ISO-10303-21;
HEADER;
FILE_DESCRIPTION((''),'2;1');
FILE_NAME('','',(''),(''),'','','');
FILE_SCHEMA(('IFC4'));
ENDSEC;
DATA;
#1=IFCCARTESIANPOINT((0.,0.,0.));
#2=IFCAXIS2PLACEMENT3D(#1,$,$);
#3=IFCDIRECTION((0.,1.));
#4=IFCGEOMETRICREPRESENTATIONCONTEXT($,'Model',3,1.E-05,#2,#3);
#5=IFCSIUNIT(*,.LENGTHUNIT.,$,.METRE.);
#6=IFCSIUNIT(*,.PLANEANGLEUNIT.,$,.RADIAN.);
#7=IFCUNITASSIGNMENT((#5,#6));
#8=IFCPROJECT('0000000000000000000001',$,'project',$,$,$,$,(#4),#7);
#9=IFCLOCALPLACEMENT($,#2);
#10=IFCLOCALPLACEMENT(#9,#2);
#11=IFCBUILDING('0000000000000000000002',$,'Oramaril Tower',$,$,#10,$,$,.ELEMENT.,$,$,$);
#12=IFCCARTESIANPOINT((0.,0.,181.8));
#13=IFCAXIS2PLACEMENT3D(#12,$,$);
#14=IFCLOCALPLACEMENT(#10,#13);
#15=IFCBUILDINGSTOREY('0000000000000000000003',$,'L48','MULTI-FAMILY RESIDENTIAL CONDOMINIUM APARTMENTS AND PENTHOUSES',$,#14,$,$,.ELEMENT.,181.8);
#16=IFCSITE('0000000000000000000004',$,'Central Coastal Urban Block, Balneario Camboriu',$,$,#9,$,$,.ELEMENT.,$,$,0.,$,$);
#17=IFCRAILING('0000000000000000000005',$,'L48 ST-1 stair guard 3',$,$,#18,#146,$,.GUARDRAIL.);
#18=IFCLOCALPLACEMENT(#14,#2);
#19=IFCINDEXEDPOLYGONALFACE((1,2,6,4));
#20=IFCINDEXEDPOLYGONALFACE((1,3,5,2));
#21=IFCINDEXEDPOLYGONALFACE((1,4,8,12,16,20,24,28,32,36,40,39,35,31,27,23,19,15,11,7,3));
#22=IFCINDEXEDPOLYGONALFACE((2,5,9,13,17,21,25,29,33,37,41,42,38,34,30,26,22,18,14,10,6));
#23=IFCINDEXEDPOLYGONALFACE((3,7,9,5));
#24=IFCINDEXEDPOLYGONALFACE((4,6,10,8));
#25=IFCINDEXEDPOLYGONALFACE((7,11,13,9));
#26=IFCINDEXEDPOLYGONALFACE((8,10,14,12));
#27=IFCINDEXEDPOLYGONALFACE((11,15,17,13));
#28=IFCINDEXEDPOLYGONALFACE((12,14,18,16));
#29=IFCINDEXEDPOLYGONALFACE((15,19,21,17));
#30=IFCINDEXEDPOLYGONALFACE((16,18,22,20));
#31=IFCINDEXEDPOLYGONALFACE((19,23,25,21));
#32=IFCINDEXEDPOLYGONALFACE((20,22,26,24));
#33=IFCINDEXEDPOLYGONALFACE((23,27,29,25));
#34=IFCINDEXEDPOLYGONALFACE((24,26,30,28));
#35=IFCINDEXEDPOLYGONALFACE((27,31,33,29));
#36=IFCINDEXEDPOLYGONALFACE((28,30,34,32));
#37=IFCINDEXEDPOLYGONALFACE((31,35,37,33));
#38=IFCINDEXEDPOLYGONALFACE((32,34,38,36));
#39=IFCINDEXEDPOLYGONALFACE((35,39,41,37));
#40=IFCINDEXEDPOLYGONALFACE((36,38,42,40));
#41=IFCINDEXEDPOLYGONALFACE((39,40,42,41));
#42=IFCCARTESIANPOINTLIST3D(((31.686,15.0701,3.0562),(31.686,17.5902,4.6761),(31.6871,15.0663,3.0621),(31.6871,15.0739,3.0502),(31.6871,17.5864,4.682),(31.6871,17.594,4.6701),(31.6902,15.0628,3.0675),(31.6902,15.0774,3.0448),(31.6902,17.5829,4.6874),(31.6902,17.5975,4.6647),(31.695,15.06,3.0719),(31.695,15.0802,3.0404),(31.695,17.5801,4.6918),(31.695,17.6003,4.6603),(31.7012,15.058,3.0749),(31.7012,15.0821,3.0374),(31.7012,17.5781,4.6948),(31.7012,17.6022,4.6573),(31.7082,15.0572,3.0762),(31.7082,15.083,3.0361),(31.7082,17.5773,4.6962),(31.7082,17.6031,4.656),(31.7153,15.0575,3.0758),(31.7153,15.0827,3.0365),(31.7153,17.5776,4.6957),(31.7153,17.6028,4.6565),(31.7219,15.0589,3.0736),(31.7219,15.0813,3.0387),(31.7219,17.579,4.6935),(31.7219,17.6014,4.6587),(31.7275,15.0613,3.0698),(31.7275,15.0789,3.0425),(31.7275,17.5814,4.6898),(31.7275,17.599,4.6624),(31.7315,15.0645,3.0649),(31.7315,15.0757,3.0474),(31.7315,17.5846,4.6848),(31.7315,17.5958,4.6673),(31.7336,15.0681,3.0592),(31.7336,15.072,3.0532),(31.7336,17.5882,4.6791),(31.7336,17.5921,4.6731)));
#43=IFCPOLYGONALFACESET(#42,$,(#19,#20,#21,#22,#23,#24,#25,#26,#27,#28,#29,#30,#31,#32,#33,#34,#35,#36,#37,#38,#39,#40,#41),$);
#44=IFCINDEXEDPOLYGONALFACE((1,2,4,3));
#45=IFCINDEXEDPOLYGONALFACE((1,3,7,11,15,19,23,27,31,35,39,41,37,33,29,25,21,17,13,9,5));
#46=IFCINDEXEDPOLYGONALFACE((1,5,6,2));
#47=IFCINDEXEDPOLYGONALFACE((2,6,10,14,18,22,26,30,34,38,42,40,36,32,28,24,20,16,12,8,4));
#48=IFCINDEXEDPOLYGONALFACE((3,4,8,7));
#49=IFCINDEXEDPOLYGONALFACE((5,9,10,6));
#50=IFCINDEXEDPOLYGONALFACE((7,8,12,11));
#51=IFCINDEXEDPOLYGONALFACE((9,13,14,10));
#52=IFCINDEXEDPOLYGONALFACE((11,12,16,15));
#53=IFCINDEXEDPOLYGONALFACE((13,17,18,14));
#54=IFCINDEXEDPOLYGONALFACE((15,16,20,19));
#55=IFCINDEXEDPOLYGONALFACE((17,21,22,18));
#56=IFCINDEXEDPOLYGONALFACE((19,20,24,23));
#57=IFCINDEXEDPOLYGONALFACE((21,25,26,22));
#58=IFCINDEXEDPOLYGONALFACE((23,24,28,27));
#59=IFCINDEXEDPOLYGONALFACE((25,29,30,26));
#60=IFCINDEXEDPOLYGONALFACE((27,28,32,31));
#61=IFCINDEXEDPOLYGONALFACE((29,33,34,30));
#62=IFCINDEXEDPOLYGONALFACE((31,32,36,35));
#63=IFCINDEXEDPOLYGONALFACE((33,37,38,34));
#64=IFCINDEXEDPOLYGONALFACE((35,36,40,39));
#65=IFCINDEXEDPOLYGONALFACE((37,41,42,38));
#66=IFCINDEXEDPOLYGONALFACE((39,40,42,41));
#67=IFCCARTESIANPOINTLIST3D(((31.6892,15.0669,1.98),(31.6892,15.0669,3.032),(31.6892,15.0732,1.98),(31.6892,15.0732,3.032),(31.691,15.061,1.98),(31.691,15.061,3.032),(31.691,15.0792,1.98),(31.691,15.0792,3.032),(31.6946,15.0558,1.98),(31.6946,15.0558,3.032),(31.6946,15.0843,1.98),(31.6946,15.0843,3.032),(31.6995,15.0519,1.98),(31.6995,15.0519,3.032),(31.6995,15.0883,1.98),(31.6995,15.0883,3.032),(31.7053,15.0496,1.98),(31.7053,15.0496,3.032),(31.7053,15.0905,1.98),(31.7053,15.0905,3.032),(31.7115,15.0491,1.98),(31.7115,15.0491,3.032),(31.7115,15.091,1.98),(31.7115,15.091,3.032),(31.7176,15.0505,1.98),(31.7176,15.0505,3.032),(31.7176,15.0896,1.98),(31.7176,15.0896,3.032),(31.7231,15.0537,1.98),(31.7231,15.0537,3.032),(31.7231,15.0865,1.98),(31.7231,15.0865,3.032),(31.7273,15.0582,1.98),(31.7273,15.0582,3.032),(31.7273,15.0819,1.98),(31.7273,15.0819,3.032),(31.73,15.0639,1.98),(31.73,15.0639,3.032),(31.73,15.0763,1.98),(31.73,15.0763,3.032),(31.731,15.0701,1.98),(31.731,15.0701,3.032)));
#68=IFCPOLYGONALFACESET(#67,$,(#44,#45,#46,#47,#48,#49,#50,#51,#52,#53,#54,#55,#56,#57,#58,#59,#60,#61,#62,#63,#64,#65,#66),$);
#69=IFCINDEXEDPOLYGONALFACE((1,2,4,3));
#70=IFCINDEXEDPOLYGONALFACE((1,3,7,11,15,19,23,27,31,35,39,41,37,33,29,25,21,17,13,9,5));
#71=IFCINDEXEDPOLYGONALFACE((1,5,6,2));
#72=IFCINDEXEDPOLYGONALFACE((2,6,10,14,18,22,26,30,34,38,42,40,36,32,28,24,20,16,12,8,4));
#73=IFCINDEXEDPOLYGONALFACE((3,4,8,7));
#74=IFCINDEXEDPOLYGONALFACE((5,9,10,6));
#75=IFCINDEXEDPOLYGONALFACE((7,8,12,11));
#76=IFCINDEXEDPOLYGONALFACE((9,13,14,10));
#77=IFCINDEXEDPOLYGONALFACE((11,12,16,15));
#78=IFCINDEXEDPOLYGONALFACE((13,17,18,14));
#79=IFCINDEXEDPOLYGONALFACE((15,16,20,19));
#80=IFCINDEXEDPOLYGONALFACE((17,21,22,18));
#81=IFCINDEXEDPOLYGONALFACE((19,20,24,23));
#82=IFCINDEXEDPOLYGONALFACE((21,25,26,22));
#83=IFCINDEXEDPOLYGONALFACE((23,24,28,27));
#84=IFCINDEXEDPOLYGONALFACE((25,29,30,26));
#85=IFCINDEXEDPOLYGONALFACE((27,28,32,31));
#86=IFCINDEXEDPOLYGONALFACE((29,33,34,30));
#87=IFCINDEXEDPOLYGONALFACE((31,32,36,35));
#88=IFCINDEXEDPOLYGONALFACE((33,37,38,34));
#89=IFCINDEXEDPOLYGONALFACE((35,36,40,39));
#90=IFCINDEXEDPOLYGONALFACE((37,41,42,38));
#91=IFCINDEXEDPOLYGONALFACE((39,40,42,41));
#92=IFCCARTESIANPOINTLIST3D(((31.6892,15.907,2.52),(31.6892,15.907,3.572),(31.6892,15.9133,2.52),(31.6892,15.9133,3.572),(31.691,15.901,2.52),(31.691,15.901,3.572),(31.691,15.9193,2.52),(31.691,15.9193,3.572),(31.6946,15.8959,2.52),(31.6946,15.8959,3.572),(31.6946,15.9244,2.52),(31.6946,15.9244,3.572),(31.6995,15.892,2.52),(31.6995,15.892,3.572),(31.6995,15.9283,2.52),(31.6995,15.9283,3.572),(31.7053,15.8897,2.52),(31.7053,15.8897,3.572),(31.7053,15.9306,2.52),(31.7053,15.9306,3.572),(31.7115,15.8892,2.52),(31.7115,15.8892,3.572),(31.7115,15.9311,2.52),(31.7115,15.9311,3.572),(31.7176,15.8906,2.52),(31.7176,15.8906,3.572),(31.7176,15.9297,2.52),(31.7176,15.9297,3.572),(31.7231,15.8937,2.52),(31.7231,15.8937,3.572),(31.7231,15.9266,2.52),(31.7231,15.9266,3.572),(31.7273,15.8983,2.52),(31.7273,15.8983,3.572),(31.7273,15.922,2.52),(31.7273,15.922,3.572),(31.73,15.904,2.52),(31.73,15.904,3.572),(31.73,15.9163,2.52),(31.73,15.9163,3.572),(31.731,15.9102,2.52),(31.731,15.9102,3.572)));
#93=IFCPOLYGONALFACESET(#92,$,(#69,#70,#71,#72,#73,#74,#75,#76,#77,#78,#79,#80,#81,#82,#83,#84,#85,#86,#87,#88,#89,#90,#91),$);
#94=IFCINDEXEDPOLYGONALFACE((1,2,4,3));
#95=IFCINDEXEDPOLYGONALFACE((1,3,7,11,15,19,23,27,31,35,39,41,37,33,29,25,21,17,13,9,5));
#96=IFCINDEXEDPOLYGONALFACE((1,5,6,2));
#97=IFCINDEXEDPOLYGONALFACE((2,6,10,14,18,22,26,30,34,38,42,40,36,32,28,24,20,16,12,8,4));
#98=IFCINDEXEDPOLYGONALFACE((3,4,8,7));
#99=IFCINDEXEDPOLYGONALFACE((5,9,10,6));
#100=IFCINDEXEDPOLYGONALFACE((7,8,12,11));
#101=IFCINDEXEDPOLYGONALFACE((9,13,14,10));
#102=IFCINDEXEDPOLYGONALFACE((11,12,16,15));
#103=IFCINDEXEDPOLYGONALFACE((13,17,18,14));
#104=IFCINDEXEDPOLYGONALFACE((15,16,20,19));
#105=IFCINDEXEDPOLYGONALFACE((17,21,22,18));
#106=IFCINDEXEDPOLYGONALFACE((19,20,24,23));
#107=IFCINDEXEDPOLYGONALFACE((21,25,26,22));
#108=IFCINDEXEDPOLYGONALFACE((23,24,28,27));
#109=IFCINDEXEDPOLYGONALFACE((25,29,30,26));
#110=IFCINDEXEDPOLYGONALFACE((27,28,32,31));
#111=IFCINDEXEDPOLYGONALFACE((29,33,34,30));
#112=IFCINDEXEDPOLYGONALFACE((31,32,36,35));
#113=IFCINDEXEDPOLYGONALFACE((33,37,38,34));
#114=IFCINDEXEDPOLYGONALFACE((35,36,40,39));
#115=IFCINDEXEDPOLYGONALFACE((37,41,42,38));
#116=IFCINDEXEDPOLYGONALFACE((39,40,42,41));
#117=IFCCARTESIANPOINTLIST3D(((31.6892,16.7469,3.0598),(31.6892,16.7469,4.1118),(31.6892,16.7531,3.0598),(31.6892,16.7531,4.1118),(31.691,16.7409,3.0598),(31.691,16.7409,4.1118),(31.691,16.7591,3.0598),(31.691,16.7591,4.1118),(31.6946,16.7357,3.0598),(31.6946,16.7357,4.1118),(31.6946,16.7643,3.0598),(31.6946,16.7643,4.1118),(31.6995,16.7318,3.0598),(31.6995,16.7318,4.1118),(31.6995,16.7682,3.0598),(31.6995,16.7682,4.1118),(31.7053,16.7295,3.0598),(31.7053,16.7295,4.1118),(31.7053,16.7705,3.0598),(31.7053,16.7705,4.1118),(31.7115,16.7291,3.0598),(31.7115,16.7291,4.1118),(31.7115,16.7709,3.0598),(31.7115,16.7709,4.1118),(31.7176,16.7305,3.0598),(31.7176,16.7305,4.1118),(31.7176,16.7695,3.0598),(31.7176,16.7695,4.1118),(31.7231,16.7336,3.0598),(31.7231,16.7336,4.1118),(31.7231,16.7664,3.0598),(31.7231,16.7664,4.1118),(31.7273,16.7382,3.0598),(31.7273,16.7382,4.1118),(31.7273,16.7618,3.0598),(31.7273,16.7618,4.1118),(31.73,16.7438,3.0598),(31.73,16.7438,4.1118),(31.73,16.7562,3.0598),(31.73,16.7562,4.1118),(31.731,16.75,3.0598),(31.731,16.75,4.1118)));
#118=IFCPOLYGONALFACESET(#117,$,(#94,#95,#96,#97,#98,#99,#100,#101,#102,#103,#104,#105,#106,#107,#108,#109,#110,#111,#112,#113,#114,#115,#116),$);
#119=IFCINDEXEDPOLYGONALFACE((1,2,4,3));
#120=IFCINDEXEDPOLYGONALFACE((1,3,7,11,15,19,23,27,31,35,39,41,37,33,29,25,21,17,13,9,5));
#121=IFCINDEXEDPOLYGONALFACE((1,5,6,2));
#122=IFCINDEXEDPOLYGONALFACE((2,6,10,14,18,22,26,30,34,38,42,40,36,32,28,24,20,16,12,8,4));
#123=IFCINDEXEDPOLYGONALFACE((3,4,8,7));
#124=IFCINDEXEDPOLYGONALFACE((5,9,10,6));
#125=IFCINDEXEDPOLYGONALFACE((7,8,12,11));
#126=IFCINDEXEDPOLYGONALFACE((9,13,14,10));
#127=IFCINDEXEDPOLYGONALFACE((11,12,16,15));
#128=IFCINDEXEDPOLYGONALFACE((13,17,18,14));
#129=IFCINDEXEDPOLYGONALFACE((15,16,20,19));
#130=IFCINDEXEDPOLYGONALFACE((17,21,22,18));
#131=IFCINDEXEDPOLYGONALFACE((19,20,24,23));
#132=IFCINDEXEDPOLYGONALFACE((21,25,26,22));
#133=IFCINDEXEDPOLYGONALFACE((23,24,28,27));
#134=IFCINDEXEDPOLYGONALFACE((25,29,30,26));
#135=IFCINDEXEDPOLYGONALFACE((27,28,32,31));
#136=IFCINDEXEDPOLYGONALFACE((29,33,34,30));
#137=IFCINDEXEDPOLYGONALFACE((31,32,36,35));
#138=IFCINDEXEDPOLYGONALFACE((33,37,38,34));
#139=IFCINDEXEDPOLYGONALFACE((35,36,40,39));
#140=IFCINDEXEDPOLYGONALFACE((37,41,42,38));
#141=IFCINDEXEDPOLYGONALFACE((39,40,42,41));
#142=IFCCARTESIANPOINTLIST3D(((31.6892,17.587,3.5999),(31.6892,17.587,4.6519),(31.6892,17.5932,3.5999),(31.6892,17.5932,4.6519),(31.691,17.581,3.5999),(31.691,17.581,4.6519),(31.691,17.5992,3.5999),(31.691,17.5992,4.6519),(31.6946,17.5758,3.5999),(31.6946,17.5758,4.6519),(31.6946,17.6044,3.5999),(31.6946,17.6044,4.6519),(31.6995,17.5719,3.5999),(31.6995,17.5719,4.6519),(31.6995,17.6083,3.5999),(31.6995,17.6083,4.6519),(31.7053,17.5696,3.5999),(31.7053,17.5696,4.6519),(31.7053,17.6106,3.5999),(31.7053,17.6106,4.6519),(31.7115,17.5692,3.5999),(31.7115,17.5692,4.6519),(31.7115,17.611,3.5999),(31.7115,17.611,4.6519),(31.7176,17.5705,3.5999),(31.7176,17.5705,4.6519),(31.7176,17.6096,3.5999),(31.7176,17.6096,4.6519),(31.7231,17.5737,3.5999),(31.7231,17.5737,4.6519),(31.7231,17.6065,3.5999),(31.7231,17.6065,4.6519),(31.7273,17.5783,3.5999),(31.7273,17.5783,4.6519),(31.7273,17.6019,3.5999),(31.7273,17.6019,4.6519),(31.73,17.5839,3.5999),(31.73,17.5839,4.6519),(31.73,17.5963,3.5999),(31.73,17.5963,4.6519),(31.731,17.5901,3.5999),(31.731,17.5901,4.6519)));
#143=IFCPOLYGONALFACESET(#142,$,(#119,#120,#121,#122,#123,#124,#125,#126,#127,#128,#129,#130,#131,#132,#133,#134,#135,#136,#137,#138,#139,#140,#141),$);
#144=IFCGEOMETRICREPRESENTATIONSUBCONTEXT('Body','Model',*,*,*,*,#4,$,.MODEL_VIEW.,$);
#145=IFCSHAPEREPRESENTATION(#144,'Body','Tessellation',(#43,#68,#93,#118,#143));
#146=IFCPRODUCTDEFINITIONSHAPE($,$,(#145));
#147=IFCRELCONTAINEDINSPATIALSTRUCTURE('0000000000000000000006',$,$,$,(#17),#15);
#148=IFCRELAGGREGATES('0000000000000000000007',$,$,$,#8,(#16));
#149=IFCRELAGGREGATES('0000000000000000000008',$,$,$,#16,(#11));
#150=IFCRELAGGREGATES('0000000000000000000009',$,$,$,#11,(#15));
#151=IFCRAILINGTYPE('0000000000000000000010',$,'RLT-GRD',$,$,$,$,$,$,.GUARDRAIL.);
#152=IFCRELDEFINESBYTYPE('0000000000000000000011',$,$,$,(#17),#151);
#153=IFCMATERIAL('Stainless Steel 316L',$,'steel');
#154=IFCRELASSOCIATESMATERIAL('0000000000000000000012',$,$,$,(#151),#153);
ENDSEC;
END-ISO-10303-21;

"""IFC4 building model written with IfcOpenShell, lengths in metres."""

from ifc_helpers import new_model, si_unit, direction, frame, origin, origin_2d, place, context, subcontext, project, spatial, circle, extrude, material, type_object, element, save


model = new_model("IFC4")

# Units and contexts
model_context = context("Model", 3, precision=1e-05, world=origin(), true_north=direction((0.0, 1.0)))
body_context = subcontext(model_context, "Body", "Model", "MODEL_VIEW")
ifc_project = project(units=[si_unit("LENGTHUNIT", "METRE"), si_unit("PLANEANGLEUNIT", "RADIAN")], contexts=[model_context])

# Site, building, storey
site_placement = place(None, origin())
site = spatial("IfcSite", under=ifc_project, at=site_placement, Name="Central Coastal Urban Block, Balneario Camboriu", CompositionType="ELEMENT", RefElevation=0.0)
building_placement = place(site_placement, origin())
building = spatial("IfcBuilding", under=site, at=building_placement, Name="Oramaril Tower", CompositionType="ELEMENT")
storey_placement = place(building_placement, frame((0.0, 0.0, 181.8)))
storey = spatial("IfcBuildingStorey", under=building, at=storey_placement, Name="L48", Description="MULTI-FAMILY RESIDENTIAL CONDOMINIUM APARTMENTS AND PENTHOUSES", CompositionType="ELEMENT", Elevation=181.8)

# Railing
ifc_material_1 = material(Name="Stainless Steel 316L", Category="steel")
railing_type_1 = type_object("IfcRailingType", Name="RLT-GRD", PredefinedType="GUARDRAIL", material=ifc_material_1)
railing_1_placement = place(storey_placement, frame((31.71, 15.0701, 1.98)))
element("IfcRailing", 1, at=railing_1_placement, inside=storey, type_object=railing_type_1, Name="L48 ST-1 stair guard 3", PredefinedType="GUARDRAIL", context=body_context, shape_type="SweptSolid", body=[
    extrude(circle(Radius=0.0239, at=origin_2d()), frame((0.0, 0.0, 1.0762), z_axis=(0.0, 0.8412, 0.540725), x_axis=(-1.0, 0.0, 0.0)), (0.0, 0.0, 1.0), 2.9958),
    extrude(circle(Radius=0.021, at=origin_2d()), origin(), (0.0, 0.0, 1.0), 1.052),
    extrude(circle(Radius=0.021, at=origin_2d()), frame((0.0, 0.8401, 0.54)), (0.0, 0.0, 1.0), 1.052),
    extrude(circle(Radius=0.021, at=origin_2d()), frame((0.0, 1.6799, 1.0798)), (0.0, 0.0, 1.0), 1.052),
    extrude(circle(Radius=0.021, at=origin_2d()), frame((0.0, 2.52, 1.6199)), (0.0, 0.0, 1.0), 1.052),
])

save(model, "model.ifc")
